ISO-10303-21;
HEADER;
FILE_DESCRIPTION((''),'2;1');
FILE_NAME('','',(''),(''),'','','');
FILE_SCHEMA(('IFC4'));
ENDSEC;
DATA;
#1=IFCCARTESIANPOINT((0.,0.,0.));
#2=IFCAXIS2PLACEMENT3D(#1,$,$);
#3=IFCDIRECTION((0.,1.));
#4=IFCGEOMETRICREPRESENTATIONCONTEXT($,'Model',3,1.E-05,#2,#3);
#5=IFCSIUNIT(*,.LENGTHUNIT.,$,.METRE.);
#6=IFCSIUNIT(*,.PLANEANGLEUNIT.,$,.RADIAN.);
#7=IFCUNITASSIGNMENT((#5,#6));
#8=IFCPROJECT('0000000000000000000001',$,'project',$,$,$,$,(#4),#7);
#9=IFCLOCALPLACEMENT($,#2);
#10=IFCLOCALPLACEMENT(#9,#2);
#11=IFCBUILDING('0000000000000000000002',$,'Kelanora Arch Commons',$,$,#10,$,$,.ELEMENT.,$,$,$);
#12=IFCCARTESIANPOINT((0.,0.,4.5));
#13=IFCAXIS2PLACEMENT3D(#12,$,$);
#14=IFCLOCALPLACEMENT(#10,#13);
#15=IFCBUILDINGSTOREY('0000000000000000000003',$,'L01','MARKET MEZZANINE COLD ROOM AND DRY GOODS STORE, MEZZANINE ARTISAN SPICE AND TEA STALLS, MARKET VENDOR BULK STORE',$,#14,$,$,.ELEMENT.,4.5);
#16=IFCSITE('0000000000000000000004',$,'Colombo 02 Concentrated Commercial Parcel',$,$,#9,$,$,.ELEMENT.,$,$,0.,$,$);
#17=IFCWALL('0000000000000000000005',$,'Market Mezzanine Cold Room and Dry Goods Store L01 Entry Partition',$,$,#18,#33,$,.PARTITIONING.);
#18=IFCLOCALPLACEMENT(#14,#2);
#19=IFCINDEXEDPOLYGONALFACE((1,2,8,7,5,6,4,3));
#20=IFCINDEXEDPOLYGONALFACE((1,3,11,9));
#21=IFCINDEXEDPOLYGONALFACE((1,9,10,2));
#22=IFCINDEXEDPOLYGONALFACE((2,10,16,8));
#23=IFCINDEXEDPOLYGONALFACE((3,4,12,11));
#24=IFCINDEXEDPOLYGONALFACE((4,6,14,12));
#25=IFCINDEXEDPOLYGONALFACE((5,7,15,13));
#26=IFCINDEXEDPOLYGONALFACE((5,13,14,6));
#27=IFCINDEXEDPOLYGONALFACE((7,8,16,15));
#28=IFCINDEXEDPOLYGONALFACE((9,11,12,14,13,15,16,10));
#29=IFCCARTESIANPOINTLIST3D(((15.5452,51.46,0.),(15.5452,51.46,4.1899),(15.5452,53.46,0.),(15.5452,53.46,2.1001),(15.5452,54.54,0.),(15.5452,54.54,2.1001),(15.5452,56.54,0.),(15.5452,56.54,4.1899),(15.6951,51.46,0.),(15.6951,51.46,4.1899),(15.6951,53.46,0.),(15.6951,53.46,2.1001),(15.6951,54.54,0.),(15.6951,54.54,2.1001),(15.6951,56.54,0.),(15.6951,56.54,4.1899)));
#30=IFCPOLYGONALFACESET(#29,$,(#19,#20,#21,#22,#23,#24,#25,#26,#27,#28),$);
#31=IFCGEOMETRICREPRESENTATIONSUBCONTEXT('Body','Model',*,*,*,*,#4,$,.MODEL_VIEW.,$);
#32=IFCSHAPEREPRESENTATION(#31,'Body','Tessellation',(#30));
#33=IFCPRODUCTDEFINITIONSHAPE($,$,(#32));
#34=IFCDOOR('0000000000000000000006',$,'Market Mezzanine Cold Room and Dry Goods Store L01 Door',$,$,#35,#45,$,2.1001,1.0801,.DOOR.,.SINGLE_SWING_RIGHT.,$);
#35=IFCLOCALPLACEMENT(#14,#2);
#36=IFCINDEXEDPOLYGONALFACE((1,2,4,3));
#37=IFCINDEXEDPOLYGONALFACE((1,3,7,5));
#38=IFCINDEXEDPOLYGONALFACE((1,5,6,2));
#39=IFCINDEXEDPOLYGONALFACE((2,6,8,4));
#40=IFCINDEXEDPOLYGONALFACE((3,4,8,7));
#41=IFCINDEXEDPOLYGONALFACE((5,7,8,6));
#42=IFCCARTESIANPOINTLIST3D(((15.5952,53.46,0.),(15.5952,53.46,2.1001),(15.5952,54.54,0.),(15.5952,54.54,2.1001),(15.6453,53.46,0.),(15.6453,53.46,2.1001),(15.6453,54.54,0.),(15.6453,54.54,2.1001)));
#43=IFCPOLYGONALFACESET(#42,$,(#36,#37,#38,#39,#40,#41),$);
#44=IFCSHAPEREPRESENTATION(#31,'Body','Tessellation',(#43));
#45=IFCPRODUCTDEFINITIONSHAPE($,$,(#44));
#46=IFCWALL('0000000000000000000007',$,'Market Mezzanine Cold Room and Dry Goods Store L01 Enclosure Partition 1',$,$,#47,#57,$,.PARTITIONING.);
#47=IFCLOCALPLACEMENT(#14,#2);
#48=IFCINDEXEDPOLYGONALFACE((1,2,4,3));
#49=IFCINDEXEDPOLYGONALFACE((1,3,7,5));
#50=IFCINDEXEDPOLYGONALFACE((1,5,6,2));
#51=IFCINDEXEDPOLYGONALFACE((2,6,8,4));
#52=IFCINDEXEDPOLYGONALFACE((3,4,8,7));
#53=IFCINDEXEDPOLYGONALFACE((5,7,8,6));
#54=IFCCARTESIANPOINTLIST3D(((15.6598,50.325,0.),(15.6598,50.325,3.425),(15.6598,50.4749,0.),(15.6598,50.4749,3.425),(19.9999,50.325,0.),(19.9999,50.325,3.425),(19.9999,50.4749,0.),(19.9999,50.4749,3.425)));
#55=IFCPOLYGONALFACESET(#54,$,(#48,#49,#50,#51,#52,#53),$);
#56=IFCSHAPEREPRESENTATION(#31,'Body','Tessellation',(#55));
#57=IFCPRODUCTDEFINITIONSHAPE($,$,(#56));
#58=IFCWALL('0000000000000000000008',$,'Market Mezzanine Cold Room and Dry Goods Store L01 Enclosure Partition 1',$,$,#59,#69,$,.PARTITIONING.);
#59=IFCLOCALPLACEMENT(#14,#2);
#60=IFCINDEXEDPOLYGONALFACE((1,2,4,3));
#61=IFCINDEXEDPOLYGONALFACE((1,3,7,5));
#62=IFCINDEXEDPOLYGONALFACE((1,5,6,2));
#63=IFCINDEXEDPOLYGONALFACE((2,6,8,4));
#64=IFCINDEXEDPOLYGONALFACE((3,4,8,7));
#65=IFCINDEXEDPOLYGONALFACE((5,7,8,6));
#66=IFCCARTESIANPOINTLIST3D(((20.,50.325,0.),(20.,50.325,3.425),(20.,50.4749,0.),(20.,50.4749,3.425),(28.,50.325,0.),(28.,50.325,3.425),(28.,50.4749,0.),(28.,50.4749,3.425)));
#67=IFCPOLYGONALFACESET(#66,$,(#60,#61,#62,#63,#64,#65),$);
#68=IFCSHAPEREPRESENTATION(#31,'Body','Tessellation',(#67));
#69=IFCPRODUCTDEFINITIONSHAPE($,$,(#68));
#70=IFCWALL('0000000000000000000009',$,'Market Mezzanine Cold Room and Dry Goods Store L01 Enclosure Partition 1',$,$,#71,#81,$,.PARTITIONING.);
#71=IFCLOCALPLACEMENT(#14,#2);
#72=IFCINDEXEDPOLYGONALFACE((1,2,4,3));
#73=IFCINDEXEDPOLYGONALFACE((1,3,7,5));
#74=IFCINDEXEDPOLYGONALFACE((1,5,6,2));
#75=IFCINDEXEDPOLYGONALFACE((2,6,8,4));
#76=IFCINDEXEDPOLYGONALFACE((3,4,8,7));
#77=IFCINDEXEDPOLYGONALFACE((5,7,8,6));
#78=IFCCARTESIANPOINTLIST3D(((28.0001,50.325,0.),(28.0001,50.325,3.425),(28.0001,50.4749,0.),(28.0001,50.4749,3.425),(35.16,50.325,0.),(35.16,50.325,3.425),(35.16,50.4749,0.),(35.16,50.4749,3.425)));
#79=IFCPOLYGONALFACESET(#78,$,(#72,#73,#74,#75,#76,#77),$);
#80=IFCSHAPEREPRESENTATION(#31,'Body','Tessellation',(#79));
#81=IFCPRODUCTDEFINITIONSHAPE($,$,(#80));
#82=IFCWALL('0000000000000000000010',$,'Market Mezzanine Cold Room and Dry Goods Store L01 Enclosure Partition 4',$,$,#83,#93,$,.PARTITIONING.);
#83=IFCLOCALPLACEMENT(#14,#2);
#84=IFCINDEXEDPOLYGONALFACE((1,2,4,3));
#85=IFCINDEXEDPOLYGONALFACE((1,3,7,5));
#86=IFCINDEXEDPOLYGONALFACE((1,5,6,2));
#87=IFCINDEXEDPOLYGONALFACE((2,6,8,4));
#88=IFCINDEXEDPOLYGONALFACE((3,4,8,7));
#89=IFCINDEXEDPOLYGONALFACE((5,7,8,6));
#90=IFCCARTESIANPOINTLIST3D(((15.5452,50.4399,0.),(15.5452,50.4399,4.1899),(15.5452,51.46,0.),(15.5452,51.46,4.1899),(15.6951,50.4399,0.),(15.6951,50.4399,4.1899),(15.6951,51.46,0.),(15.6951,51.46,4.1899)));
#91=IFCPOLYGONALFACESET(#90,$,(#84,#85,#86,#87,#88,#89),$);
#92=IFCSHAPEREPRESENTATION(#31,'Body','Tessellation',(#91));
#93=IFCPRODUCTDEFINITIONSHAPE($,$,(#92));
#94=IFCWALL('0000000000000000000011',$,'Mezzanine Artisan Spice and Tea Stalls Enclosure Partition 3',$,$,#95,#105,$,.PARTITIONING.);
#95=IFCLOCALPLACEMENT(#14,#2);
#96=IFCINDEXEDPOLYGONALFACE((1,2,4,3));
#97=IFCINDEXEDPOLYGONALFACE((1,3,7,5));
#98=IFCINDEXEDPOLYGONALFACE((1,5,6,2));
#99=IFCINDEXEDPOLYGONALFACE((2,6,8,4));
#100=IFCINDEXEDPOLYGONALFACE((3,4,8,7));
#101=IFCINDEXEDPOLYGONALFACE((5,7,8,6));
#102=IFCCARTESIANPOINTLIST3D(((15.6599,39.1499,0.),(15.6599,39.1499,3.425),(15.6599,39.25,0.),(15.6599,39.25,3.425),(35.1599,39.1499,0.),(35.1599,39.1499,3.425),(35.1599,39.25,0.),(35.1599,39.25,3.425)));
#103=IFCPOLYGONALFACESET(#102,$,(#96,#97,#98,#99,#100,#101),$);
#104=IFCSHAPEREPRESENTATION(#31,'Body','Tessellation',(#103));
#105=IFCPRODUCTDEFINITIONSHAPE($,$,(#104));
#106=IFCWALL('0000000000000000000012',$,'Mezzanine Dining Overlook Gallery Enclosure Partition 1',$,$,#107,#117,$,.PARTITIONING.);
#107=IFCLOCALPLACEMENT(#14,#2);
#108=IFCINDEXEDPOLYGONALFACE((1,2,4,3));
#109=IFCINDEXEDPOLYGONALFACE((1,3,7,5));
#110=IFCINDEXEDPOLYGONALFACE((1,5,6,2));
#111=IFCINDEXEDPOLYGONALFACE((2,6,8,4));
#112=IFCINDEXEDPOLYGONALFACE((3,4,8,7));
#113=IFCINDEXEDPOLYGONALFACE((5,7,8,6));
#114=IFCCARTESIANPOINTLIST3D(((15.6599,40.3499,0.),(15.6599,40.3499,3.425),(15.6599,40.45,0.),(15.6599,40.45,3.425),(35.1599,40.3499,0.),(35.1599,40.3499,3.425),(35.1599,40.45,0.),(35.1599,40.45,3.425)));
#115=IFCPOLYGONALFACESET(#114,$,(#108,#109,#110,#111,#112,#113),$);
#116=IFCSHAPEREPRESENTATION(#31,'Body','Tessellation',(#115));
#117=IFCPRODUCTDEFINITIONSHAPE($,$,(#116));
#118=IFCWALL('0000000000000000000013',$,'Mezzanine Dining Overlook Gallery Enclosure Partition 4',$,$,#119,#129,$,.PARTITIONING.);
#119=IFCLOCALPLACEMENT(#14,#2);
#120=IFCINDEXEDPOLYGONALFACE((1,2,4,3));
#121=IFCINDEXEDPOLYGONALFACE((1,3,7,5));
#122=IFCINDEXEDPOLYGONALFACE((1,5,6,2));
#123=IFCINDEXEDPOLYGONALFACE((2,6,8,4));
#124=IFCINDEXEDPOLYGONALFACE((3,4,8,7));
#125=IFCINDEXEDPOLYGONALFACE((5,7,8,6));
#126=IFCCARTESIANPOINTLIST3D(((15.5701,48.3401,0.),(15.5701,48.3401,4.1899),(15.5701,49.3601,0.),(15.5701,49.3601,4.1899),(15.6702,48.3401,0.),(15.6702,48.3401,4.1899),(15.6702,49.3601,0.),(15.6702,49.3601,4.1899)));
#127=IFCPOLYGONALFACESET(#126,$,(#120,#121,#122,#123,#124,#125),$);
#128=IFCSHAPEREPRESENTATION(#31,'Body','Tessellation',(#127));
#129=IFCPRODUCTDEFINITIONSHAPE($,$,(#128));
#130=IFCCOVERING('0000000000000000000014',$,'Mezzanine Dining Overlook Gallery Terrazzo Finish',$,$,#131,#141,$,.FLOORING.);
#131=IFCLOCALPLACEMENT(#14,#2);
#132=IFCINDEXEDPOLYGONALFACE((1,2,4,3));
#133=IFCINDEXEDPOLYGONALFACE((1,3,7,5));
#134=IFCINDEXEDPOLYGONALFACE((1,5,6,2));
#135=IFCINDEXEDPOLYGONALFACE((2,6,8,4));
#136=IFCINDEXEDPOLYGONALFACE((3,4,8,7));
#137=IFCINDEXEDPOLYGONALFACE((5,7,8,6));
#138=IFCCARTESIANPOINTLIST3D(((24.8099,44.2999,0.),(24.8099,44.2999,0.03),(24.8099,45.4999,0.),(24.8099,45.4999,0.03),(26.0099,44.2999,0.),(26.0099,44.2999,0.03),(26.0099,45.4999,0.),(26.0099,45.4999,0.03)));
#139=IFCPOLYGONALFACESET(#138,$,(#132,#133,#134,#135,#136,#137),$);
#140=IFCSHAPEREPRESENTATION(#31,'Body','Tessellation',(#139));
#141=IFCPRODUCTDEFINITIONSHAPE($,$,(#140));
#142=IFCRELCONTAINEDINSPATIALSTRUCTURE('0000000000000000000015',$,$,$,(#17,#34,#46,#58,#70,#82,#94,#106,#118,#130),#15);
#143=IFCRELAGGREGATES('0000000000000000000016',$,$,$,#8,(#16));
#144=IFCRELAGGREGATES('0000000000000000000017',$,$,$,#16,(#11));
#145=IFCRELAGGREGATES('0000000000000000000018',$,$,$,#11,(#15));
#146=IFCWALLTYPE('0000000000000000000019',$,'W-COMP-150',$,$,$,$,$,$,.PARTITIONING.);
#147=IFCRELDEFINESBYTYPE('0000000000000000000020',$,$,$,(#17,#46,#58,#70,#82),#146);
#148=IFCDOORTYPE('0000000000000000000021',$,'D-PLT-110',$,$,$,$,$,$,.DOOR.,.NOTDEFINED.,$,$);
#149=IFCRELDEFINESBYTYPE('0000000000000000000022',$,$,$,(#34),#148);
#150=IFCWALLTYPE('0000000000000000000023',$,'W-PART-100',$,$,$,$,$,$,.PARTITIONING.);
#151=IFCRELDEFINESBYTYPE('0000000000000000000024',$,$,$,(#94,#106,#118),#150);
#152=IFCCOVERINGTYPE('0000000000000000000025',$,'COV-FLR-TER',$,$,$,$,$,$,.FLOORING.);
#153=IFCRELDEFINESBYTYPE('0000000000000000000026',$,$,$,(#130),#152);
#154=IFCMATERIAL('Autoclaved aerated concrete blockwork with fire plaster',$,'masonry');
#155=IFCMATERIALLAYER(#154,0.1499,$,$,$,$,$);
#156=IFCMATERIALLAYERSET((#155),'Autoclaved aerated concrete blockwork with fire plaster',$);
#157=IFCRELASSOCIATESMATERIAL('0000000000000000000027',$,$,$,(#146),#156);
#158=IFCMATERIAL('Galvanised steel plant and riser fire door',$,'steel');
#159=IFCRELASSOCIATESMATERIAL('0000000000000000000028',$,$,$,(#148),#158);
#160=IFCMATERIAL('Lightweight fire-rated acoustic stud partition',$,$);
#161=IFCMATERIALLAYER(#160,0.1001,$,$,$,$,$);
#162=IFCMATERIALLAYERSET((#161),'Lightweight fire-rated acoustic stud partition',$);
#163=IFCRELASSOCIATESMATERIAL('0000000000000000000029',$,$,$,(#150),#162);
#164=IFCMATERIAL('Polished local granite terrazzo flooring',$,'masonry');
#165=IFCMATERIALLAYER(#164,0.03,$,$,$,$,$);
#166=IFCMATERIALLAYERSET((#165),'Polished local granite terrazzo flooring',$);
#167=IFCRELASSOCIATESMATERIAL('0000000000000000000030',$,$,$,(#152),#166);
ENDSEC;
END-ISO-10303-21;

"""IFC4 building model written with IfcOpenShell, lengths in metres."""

from ifc_helpers import new_model, si_unit, direction, frame, frame_2d, origin, origin_2d, place, context, subcontext, project, spatial, rectangle, extrude, source, transform, mapped, material, layer, layer_set, type_object, element, fill, save


model = new_model("IFC4")

# Units and contexts
model_context = context("Model", 3, precision=1e-05, world=origin(), true_north=direction((0.0, 1.0)))
body_context = subcontext(model_context, "Body", "Model", "MODEL_VIEW")
ifc_project = project(units=[si_unit("LENGTHUNIT", "METRE"), si_unit("PLANEANGLEUNIT", "RADIAN")], contexts=[model_context])

# Site, building, storey
site_placement = place(None, origin())
site = spatial("IfcSite", under=ifc_project, at=site_placement, Name="Colombo 02 Concentrated Commercial Parcel", CompositionType="ELEMENT", RefElevation=0.0)
building_placement = place(site_placement, origin())
building = spatial("IfcBuilding", under=site, at=building_placement, Name="Kelanora Arch Commons", CompositionType="ELEMENT")
storey_placement = place(building_placement, frame((0.0, 0.0, 4.5)))
storey = spatial("IfcBuildingStorey", under=building, at=storey_placement, Name="L01", Description="MARKET MEZZANINE COLD ROOM AND DRY GOODS STORE, MEZZANINE ARTISAN SPICE AND TEA STALLS, MARKET VENDOR BULK STORE", CompositionType="ELEMENT", Elevation=4.5)

# Wall, opening, door
ifc_material_1 = material(Name="Autoclaved aerated concrete blockwork with fire plaster", Category="masonry")
ifc_layer_1 = layer(ifc_material_1, 0.1499)
ifc_layer_set_1 = layer_set([ifc_layer_1], Name="Autoclaved aerated concrete blockwork with fire plaster")
wall_type_1 = type_object("IfcWallType", Name="W-COMP-150", PredefinedType="PARTITIONING", material=ifc_layer_set_1)
wall_1_placement = place(storey_placement, frame((15.6201, 51.46, 0.0), z_axis=(0.0, 0.0, 1.0), x_axis=(0.0, 1.0, 0.0)))
wall_1 = element("IfcWall", 1, at=wall_1_placement, inside=storey, type_object=wall_type_1, Name="Market Mezzanine Cold Room and Dry Goods Store L01 Entry Partition", PredefinedType="PARTITIONING", context=body_context, shape_type="SweptSolid", body=[
    extrude(rectangle(XDim=5.0801, YDim=0.1499, at=frame_2d((2.54, 0.0))), origin(), (0.0, 0.0, 1.0), 4.1899),
])
opening_placement = place(wall_1_placement, frame((2.0, 0.0, 0.0)))
opening = element("IfcOpeningElement", 2, at=opening_placement, cuts=wall_1, PredefinedType="OPENING", context=body_context, shape_type="SweptSolid", body=[
    extrude(rectangle(XDim=1.0801, YDim=2.1001, at=frame_2d((0.54, 1.05))), frame((0.0, 0.085, 0.0), z_axis=(0.0, -1.0, 0.0), x_axis=(1.0, 0.0, 0.0)), (0.0, 0.0, 1.0), 0.1699),
])
ifc_material_2 = material(Name="Galvanised steel plant and riser fire door", Category="steel")
door_type = type_object("IfcDoorType", Name="D-PLT-110", OperationType="NOTDEFINED", PredefinedType="DOOR", material=ifc_material_2)
door_placement = place(opening_placement, origin())
door = element("IfcDoor", 3, at=door_placement, inside=storey, type_object=door_type, Name="Market Mezzanine Cold Room and Dry Goods Store L01 Door", OperationType="SINGLE_SWING_RIGHT", OverallHeight=2.1001, OverallWidth=1.0801, PredefinedType="DOOR", context=body_context, shape_type="SweptSolid", body=[
    extrude(rectangle(XDim=1.0801, YDim=2.1001, at=frame_2d((0.54, 1.05))), frame((0.0, 0.0249, 0.0), z_axis=(0.0, -1.0, 0.0), x_axis=(1.0, 0.0, 0.0)), (0.0, 0.0, 1.0), 0.05),
])
fill(opening, door)

# Walls
wall_2_placement = place(storey_placement, frame((15.6599, 50.3999, 0.0), z_axis=(0.0, 0.0, 1.0), x_axis=(1.0, 0.0, 0.0)))
element("IfcWall", 4, at=wall_2_placement, inside=storey, type_object=wall_type_1, Name="Market Mezzanine Cold Room and Dry Goods Store L01 Enclosure Partition 1", PredefinedType="PARTITIONING", context=body_context, shape_type="SweptSolid", body=[
    extrude(rectangle(XDim=4.3401, YDim=0.1499, at=frame_2d((2.1699, 0.0))), origin(), (0.0, 0.0, 1.0), 3.425),
])
wall_3_placement = place(storey_placement, frame((20.0, 50.3999, 0.0), z_axis=(0.0, 0.0, 1.0), x_axis=(1.0, 0.0, 0.0)))
element("IfcWall", 5, at=wall_3_placement, inside=storey, type_object=wall_type_1, Name="Market Mezzanine Cold Room and Dry Goods Store L01 Enclosure Partition 1", PredefinedType="PARTITIONING", context=body_context, shape_type="SweptSolid", body=[
    extrude(rectangle(XDim=8.0, YDim=0.1499, at=frame_2d((4.0, 0.0))), origin(), (0.0, 0.0, 1.0), 3.425),
])
wall_4_placement = place(storey_placement, frame((28.0, 50.3999, 0.0), z_axis=(0.0, 0.0, 1.0), x_axis=(1.0, 0.0, 0.0)))
element("IfcWall", 6, at=wall_4_placement, inside=storey, type_object=wall_type_1, Name="Market Mezzanine Cold Room and Dry Goods Store L01 Enclosure Partition 1", PredefinedType="PARTITIONING", context=body_context, shape_type="SweptSolid", body=[
    extrude(rectangle(XDim=7.1599, YDim=0.1499, at=frame_2d((3.5801, 0.0))), origin(), (0.0, 0.0, 1.0), 3.425),
])
wall_5_placement = place(storey_placement, frame((15.6201, 51.46, 0.0), z_axis=(0.0, 0.0, 1.0), x_axis=(0.0, -1.0, 0.0)))
element("IfcWall", 7, at=wall_5_placement, inside=storey, type_object=wall_type_1, Name="Market Mezzanine Cold Room and Dry Goods Store L01 Enclosure Partition 4", PredefinedType="PARTITIONING", context=body_context, shape_type="SweptSolid", body=[
    extrude(rectangle(XDim=1.02, YDim=0.1499, at=frame_2d((0.51, 0.0))), origin(), (0.0, 0.0, 1.0), 4.1899),
])
ifc_material_3 = material(Name="Lightweight fire-rated acoustic stud partition")
ifc_layer_2 = layer(ifc_material_3, 0.1001)
ifc_layer_set_2 = layer_set([ifc_layer_2], Name="Lightweight fire-rated acoustic stud partition")
wall_type_2 = type_object("IfcWallType", Name="W-PART-100", PredefinedType="PARTITIONING", material=ifc_layer_set_2)
for number, where, z_axis, x_axis, name in (
    (8, (35.1599, 39.2, 0.0), (0.0, 0.0, 1.0), (-1.0, 0.0, 0.0), "Mezzanine Artisan Spice and Tea Stalls Enclosure Partition 3"),
    (9, (15.6599, 40.3999, 0.0), (0.0, 0.0, 1.0), (1.0, 0.0, 0.0), "Mezzanine Dining Overlook Gallery Enclosure Partition 1"),
):
    element("IfcWall", number, at=place(storey_placement, frame(where, z_axis=z_axis, x_axis=x_axis)), inside=storey, type_object=wall_type_2, Name=name, PredefinedType="PARTITIONING", context=body_context, shape_type="SweptSolid", body=[
        extrude(rectangle(XDim=19.5, YDim=0.1001, at=frame_2d((9.75, 0.0))), origin(), (0.0, 0.0, 1.0), 3.425),
    ])
wall_6_placement = place(storey_placement, frame((15.6201, 49.3601, 0.0), z_axis=(0.0, 0.0, 1.0), x_axis=(0.0, -1.0, 0.0)))
element("IfcWall", 10, at=wall_6_placement, inside=storey, type_object=wall_type_2, Name="Mezzanine Dining Overlook Gallery Enclosure Partition 4", PredefinedType="PARTITIONING", context=body_context, shape_type="SweptSolid", body=[
    extrude(rectangle(XDim=1.02, YDim=0.1001, at=frame_2d((0.51, 0.0))), origin(), (0.0, 0.0, 1.0), 4.1899),
])

# Covering
ifc_material_4 = material(Name="Polished local granite terrazzo flooring", Category="masonry")
ifc_layer_3 = layer(ifc_material_4, 0.03)
ifc_layer_set_3 = layer_set([ifc_layer_3], Name="Polished local granite terrazzo flooring")
covering_type = type_object("IfcCoveringType", Name="COV-FLR-TER", PredefinedType="FLOORING", material=ifc_layer_set_3)
shared_shape = source(origin(), body_context, "Body", "SweptSolid", [
    extrude(rectangle(XDim=1.2, YDim=1.2, at=origin_2d()), origin(), (0.0, 0.0, 1.0), 0.03),
])
covering_placement = place(storey_placement, frame((25.4099, 44.8999, 0.0), z_axis=(0.0, 0.0, 1.0), x_axis=(1.0, 0.0, 0.0)))
element("IfcCovering", 11, at=covering_placement, inside=storey, type_object=covering_type, Name="Mezzanine Dining Overlook Gallery Terrazzo Finish", PredefinedType="FLOORING", context=body_context, shape_type="MappedRepresentation", body=[
    mapped(shared_shape, transform((0.0, 0.0, 0.0), scale=1.0)),
])

save(model, "model.ifc")
